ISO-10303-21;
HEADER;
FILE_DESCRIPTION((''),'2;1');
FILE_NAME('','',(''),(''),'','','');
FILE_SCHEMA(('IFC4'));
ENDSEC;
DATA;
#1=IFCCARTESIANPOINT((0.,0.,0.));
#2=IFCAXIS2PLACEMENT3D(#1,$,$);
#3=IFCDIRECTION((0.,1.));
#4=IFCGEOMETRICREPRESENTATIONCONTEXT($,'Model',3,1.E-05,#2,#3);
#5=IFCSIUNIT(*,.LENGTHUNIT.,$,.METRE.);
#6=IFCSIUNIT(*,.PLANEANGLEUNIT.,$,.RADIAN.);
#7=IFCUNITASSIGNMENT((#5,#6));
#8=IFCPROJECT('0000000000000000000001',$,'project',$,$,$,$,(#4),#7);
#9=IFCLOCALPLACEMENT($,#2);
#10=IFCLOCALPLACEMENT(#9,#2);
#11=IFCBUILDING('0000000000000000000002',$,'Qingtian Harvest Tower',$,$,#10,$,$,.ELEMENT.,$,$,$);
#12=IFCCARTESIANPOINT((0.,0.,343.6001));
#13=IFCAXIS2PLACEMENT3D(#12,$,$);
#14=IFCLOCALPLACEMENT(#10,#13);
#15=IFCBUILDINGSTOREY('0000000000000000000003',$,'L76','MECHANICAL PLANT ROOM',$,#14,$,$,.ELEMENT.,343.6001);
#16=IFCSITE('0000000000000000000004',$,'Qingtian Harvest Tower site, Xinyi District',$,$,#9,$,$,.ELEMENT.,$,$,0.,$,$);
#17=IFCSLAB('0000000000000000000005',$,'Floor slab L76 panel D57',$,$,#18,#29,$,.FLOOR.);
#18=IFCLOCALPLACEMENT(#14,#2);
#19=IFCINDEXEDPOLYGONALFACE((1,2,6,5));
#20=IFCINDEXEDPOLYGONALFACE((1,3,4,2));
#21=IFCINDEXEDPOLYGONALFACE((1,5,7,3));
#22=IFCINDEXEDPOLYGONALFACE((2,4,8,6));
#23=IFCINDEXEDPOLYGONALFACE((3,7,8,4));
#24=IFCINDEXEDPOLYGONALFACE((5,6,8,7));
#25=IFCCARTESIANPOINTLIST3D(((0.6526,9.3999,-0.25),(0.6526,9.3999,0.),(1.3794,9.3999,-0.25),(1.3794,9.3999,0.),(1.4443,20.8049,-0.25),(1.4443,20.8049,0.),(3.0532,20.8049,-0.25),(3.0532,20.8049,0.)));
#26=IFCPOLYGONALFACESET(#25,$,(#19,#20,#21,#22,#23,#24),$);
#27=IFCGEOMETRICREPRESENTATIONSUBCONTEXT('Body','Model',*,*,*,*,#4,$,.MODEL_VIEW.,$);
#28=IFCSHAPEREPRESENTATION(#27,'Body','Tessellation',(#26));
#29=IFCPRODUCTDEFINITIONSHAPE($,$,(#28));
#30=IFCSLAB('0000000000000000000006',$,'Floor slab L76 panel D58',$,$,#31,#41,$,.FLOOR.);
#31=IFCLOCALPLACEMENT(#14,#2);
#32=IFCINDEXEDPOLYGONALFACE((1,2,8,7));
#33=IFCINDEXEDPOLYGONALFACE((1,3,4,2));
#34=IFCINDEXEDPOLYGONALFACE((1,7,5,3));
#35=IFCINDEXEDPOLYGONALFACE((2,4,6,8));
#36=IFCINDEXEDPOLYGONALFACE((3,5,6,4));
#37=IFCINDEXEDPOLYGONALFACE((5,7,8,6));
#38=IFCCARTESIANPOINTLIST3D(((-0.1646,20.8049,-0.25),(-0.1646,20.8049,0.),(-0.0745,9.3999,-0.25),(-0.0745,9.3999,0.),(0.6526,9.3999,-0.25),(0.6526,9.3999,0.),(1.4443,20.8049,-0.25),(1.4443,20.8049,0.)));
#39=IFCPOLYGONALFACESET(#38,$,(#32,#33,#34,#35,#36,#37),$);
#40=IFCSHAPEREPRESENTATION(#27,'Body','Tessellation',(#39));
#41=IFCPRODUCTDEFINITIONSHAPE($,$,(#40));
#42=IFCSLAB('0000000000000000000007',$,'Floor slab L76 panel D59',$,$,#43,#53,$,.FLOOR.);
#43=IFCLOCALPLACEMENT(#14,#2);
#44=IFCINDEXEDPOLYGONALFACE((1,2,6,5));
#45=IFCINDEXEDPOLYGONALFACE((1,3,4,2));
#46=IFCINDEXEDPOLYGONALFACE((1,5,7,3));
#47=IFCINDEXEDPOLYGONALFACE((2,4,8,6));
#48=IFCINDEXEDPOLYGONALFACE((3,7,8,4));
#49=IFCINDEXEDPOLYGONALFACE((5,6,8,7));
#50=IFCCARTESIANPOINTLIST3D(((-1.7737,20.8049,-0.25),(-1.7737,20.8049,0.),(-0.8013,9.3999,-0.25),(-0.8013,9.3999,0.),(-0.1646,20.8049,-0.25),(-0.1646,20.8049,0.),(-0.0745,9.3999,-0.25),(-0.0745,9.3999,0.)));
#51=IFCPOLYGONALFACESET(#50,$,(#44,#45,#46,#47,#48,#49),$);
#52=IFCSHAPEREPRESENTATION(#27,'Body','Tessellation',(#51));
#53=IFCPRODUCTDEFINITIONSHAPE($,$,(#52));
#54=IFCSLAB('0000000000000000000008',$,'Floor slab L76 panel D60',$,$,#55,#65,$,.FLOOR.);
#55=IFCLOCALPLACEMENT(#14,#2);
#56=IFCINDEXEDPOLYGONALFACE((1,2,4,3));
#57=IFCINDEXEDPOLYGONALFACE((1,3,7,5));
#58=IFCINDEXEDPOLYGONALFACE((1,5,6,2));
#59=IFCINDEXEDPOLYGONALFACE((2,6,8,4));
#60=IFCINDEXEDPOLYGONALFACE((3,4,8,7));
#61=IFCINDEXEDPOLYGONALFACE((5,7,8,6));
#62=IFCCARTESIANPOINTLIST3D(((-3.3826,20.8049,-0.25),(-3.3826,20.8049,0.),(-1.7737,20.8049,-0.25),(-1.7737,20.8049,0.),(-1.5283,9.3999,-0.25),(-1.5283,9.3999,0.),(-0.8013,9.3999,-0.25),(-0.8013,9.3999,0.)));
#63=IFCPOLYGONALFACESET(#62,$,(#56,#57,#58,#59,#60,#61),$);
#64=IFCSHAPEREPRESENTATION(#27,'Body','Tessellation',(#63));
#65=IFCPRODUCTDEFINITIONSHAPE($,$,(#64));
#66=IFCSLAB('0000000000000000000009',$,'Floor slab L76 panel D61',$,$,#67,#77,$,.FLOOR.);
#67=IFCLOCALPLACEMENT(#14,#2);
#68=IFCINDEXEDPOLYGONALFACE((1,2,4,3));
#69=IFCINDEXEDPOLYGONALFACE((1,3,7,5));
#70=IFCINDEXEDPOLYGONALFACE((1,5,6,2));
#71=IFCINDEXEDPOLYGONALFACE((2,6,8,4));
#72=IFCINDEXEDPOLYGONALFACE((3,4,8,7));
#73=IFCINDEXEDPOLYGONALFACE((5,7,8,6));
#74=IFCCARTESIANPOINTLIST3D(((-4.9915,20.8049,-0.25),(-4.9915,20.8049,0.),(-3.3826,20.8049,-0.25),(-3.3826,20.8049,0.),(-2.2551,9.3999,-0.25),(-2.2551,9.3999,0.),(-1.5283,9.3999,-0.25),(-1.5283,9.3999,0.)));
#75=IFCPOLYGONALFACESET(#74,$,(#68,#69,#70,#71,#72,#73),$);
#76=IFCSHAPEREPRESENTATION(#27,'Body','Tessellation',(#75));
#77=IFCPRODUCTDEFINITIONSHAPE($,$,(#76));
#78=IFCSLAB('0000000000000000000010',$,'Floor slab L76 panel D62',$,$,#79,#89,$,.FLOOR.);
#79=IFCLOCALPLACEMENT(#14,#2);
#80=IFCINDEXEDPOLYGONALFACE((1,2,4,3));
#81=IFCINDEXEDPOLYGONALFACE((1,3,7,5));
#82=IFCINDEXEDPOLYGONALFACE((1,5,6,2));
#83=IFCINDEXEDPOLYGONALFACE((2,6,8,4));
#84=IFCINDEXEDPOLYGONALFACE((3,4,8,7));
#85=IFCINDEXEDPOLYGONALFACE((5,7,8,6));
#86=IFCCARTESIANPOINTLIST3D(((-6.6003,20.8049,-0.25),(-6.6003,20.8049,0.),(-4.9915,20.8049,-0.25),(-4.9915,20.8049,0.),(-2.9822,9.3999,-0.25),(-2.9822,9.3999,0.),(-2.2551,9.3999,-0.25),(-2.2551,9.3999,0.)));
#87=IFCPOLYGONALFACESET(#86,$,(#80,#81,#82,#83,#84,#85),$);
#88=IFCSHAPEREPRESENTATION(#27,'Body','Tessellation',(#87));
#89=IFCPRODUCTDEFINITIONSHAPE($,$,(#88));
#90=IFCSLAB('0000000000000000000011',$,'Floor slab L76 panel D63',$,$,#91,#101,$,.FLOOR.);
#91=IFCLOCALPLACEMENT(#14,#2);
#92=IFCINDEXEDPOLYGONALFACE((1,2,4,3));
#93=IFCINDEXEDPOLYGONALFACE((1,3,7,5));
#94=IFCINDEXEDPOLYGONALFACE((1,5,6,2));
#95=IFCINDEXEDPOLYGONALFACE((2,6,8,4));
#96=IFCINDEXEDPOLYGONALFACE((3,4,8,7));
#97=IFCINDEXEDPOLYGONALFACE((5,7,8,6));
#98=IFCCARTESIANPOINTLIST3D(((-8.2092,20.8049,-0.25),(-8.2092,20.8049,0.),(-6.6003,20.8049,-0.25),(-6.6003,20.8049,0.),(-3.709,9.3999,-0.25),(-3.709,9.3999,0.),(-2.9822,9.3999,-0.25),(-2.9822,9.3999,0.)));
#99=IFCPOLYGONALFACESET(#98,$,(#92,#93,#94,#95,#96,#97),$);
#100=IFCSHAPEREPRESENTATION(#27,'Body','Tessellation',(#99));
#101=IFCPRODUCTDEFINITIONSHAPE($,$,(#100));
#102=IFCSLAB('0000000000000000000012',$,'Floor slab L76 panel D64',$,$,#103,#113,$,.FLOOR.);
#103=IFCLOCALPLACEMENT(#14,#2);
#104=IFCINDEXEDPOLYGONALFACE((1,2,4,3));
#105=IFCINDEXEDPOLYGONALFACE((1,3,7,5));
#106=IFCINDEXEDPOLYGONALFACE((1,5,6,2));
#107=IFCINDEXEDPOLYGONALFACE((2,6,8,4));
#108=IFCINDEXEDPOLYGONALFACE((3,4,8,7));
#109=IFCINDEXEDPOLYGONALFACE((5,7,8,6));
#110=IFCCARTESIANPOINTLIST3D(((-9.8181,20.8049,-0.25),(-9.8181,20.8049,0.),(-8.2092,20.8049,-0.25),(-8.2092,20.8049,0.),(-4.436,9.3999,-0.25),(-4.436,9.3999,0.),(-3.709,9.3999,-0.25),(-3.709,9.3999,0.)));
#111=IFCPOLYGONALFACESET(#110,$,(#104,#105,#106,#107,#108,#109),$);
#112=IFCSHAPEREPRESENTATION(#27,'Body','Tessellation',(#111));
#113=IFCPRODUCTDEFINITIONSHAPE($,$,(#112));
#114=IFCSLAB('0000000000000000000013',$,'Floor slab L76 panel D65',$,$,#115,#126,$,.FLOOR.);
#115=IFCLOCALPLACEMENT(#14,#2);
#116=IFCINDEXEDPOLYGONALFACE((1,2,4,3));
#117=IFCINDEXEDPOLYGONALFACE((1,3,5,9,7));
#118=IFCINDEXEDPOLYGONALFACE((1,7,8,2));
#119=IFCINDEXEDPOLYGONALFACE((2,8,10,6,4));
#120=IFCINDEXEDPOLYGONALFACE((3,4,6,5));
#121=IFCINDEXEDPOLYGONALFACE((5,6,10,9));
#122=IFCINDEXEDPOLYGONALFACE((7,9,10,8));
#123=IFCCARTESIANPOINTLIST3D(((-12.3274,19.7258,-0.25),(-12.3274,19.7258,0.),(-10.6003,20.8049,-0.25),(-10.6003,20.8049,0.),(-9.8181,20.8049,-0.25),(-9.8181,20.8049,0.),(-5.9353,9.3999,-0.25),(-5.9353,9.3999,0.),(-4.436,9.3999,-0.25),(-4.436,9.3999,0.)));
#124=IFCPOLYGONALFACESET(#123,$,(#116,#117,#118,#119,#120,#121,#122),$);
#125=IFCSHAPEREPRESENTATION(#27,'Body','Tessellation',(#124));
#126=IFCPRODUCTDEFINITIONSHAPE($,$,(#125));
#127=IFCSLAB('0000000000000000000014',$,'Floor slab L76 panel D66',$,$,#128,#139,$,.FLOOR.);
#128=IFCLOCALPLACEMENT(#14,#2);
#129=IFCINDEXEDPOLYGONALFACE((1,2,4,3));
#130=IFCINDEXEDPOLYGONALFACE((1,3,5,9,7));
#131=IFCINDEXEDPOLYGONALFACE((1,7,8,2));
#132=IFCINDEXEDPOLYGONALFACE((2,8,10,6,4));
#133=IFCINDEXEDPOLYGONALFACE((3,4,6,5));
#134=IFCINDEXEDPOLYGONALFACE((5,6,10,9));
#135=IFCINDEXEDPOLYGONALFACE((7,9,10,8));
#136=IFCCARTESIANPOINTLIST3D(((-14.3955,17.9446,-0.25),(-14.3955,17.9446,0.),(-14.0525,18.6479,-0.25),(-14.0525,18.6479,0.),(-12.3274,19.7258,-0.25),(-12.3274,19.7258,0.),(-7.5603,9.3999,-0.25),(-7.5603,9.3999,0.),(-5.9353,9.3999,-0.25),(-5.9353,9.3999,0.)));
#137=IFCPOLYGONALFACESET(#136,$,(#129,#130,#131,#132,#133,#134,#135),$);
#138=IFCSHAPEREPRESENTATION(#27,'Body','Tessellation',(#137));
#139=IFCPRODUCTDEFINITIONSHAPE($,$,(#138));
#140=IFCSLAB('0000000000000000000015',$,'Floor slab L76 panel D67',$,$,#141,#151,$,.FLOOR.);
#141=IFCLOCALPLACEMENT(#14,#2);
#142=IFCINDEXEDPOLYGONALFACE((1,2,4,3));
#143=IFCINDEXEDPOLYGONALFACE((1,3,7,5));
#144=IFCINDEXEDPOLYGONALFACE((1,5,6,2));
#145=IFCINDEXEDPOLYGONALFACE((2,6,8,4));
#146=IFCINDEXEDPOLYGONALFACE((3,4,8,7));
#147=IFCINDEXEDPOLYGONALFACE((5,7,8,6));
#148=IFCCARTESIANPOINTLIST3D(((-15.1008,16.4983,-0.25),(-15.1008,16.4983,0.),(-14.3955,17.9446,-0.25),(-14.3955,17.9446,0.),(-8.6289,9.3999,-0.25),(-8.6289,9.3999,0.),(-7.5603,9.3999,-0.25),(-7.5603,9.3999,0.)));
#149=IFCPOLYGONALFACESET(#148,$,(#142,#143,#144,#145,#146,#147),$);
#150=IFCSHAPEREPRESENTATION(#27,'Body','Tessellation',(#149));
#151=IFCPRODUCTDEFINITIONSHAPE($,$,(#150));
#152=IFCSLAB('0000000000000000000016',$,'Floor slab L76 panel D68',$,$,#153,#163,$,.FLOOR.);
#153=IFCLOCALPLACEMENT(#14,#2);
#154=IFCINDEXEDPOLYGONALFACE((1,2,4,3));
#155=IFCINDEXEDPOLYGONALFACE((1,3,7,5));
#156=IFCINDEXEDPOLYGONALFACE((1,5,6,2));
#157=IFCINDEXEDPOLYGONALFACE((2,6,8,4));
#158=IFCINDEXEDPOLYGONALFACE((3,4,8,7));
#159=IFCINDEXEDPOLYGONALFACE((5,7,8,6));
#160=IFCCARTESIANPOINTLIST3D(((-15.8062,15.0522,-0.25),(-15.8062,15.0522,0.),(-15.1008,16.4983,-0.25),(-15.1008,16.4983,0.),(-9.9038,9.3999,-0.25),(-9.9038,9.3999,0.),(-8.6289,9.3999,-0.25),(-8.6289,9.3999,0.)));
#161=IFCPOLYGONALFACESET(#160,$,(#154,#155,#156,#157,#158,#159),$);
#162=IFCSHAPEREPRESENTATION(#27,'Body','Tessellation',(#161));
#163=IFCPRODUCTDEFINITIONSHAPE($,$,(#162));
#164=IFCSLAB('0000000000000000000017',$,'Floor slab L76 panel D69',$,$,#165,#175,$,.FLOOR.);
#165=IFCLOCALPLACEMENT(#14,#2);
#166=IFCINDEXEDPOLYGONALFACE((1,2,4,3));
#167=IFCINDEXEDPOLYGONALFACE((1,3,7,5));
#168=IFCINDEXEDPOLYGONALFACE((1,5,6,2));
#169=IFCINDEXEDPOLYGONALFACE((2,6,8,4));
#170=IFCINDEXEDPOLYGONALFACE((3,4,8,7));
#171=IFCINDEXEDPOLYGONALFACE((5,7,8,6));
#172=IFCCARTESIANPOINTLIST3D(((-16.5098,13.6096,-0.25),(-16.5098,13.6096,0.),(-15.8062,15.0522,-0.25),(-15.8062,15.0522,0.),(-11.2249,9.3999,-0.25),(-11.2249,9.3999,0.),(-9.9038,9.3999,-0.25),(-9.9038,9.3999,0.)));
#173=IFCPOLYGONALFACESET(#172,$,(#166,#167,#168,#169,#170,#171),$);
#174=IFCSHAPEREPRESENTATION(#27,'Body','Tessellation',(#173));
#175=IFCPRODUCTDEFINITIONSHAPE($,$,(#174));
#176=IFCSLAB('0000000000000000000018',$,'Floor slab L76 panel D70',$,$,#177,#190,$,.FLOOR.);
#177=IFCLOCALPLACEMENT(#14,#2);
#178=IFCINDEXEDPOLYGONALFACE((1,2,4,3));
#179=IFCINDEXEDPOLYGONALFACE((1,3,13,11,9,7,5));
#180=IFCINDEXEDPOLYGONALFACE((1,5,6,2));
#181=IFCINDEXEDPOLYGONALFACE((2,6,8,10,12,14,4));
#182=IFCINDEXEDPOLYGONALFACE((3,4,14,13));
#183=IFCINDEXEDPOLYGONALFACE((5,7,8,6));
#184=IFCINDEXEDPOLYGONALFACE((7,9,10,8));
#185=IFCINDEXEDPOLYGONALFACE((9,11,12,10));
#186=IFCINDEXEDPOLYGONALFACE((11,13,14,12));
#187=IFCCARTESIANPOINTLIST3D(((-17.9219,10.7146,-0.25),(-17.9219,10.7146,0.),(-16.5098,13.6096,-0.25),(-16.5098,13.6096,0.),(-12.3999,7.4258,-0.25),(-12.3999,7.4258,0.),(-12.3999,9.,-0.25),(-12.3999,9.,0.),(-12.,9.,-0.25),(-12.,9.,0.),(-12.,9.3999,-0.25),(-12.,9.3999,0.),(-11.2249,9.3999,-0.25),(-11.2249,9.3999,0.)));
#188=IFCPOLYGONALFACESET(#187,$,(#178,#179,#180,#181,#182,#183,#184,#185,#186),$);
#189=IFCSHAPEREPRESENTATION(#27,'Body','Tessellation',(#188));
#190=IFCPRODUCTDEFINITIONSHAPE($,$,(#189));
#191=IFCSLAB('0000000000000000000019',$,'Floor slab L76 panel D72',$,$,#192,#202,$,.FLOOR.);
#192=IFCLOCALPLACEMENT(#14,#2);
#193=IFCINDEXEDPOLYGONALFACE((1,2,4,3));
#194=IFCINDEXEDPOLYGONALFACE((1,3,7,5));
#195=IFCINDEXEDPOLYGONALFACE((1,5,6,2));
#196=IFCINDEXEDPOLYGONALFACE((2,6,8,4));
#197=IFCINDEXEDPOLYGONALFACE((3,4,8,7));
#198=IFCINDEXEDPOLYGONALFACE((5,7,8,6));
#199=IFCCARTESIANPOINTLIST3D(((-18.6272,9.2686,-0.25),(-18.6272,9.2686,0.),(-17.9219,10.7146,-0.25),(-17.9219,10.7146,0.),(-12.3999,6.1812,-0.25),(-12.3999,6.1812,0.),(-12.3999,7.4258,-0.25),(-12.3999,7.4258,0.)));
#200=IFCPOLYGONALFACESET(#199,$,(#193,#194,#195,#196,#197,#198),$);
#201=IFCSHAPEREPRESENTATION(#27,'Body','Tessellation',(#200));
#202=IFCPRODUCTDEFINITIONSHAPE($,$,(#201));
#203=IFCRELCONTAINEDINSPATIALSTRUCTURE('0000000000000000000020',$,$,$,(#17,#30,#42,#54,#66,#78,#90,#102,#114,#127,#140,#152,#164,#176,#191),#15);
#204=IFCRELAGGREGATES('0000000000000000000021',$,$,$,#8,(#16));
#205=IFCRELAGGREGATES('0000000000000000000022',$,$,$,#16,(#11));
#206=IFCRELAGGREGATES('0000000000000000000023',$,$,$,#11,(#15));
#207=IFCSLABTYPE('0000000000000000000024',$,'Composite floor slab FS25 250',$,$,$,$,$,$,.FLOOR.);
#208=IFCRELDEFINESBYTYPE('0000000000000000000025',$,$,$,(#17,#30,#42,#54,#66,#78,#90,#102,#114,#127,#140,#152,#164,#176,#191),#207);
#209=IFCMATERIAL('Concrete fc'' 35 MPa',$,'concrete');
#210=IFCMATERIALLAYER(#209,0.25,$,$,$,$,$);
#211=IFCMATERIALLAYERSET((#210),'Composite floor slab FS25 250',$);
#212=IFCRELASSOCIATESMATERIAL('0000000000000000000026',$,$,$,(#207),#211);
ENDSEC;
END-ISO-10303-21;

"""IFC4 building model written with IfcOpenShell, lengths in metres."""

from ifc_helpers import new_model, si_unit, direction, frame, origin, place, context, subcontext, project, spatial, polyline, outline, extrude, material, layer, layer_set, type_object, element, save


model = new_model("IFC4")

# Units and contexts
model_context = context("Model", 3, precision=1e-05, world=origin(), true_north=direction((0.0, 1.0)))
body_context = subcontext(model_context, "Body", "Model", "MODEL_VIEW")
ifc_project = project(units=[si_unit("LENGTHUNIT", "METRE"), si_unit("PLANEANGLEUNIT", "RADIAN")], contexts=[model_context])

# Site, building, storey
site_placement = place(None, origin())
site = spatial("IfcSite", under=ifc_project, at=site_placement, Name="Qingtian Harvest Tower site, Xinyi District", CompositionType="ELEMENT", RefElevation=0.0)
building_placement = place(site_placement, origin())
building = spatial("IfcBuilding", under=site, at=building_placement, Name="Qingtian Harvest Tower", CompositionType="ELEMENT")
storey_placement = place(building_placement, frame((0.0, 0.0, 343.6001)))
storey = spatial("IfcBuildingStorey", under=building, at=storey_placement, Name="L76", Description="MECHANICAL PLANT ROOM", CompositionType="ELEMENT", Elevation=343.6001)

# Slabs
ifc_material_1 = material(Name="Concrete fc' 35 MPa", Category="concrete")
ifc_layer_1 = layer(ifc_material_1, 0.25)
ifc_layer_set_1 = layer_set([ifc_layer_1], Name="Composite floor slab FS25 250")
slab_type = type_object("IfcSlabType", Name="Composite floor slab FS25 250", PredefinedType="FLOOR", material=ifc_layer_set_1)
slab_1_placement = place(storey_placement, frame((0.0, 0.0, -0.25)))
element("IfcSlab", 1, at=slab_1_placement, inside=storey, type_object=slab_type, Name="Floor slab L76 panel D57", PredefinedType="FLOOR", context=body_context, shape_type="SweptSolid", body=[
    extrude(outline(polyline([(0.6526, 9.3999), (1.4443, 20.8049), (3.0532, 20.8049), (1.3794, 9.3999), (0.6526, 9.3999)])), origin(), (0.0, 0.0, 1.0), 0.25),
])
slab_2_placement = place(storey_placement, frame((0.0, 0.0, -0.25)))
element("IfcSlab", 2, at=slab_2_placement, inside=storey, type_object=slab_type, Name="Floor slab L76 panel D58", PredefinedType="FLOOR", context=body_context, shape_type="SweptSolid", body=[
    extrude(outline(polyline([(-0.0745, 9.3999), (-0.1646, 20.8049), (1.4443, 20.8049), (0.6526, 9.3999), (-0.0745, 9.3999)])), origin(), (0.0, 0.0, 1.0), 0.25),
])
slab_3_placement = place(storey_placement, frame((0.0, 0.0, -0.25)))
element("IfcSlab", 3, at=slab_3_placement, inside=storey, type_object=slab_type, Name="Floor slab L76 panel D59", PredefinedType="FLOOR", context=body_context, shape_type="SweptSolid", body=[
    extrude(outline(polyline([(-0.8013, 9.3999), (-1.7737, 20.8049), (-0.1646, 20.8049), (-0.0745, 9.3999), (-0.8013, 9.3999)])), origin(), (0.0, 0.0, 1.0), 0.25),
])
slab_4_placement = place(storey_placement, frame((0.0, 0.0, -0.25)))
element("IfcSlab", 4, at=slab_4_placement, inside=storey, type_object=slab_type, Name="Floor slab L76 panel D60", PredefinedType="FLOOR", context=body_context, shape_type="SweptSolid", body=[
    extrude(outline(polyline([(-1.5283, 9.3999), (-3.3826, 20.8049), (-1.7737, 20.8049), (-0.8013, 9.3999), (-1.5283, 9.3999)])), origin(), (0.0, 0.0, 1.0), 0.25),
])
slab_5_placement = place(storey_placement, frame((0.0, 0.0, -0.25)))
element("IfcSlab", 5, at=slab_5_placement, inside=storey, type_object=slab_type, Name="Floor slab L76 panel D61", PredefinedType="FLOOR", context=body_context, shape_type="SweptSolid", body=[
    extrude(outline(polyline([(-2.2551, 9.3999), (-4.9915, 20.8049), (-3.3826, 20.8049), (-1.5283, 9.3999), (-2.2551, 9.3999)])), origin(), (0.0, 0.0, 1.0), 0.25),
])
slab_6_placement = place(storey_placement, frame((0.0, 0.0, -0.25)))
element("IfcSlab", 6, at=slab_6_placement, inside=storey, type_object=slab_type, Name="Floor slab L76 panel D62", PredefinedType="FLOOR", context=body_context, shape_type="SweptSolid", body=[
    extrude(outline(polyline([(-2.9822, 9.3999), (-6.6003, 20.8049), (-4.9915, 20.8049), (-2.2551, 9.3999), (-2.9822, 9.3999)])), origin(), (0.0, 0.0, 1.0), 0.25),
])
slab_7_placement = place(storey_placement, frame((0.0, 0.0, -0.25)))
element("IfcSlab", 7, at=slab_7_placement, inside=storey, type_object=slab_type, Name="Floor slab L76 panel D63", PredefinedType="FLOOR", context=body_context, shape_type="SweptSolid", body=[
    extrude(outline(polyline([(-3.709, 9.3999), (-8.2092, 20.8049), (-6.6003, 20.8049), (-2.9822, 9.3999), (-3.709, 9.3999)])), origin(), (0.0, 0.0, 1.0), 0.25),
])
slab_8_placement = place(storey_placement, frame((0.0, 0.0, -0.25)))
element("IfcSlab", 8, at=slab_8_placement, inside=storey, type_object=slab_type, Name="Floor slab L76 panel D64", PredefinedType="FLOOR", context=body_context, shape_type="SweptSolid", body=[
    extrude(outline(polyline([(-4.436, 9.3999), (-9.8181, 20.8049), (-8.2092, 20.8049), (-3.709, 9.3999), (-4.436, 9.3999)])), origin(), (0.0, 0.0, 1.0), 0.25),
])
slab_9_placement = place(storey_placement, frame((0.0, 0.0, -0.25)))
element("IfcSlab", 9, at=slab_9_placement, inside=storey, type_object=slab_type, Name="Floor slab L76 panel D65", PredefinedType="FLOOR", context=body_context, shape_type="SweptSolid", body=[
    extrude(outline(polyline([(-4.436, 9.3999), (-5.9353, 9.3999), (-12.3274, 19.7258), (-10.6003, 20.8049), (-9.8181, 20.8049), (-4.436, 9.3999)])), origin(), (0.0, 0.0, 1.0), 0.25),
])
slab_10_placement = place(storey_placement, frame((0.0, 0.0, -0.25)))
element("IfcSlab", 10, at=slab_10_placement, inside=storey, type_object=slab_type, Name="Floor slab L76 panel D66", PredefinedType="FLOOR", context=body_context, shape_type="SweptSolid", body=[
    extrude(outline(polyline([(-5.9353, 9.3999), (-7.5603, 9.3999), (-14.3955, 17.9446), (-14.0525, 18.6479), (-12.3274, 19.7258), (-5.9353, 9.3999)])), origin(), (0.0, 0.0, 1.0), 0.25),
])
slab_11_placement = place(storey_placement, frame((0.0, 0.0, -0.25)))
element("IfcSlab", 11, at=slab_11_placement, inside=storey, type_object=slab_type, Name="Floor slab L76 panel D67", PredefinedType="FLOOR", context=body_context, shape_type="SweptSolid", body=[
    extrude(outline(polyline([(-8.6289, 9.3999), (-15.1008, 16.4983), (-14.3955, 17.9446), (-7.5603, 9.3999), (-8.6289, 9.3999)])), origin(), (0.0, 0.0, 1.0), 0.25),
])
slab_12_placement = place(storey_placement, frame((0.0, 0.0, -0.25)))
element("IfcSlab", 12, at=slab_12_placement, inside=storey, type_object=slab_type, Name="Floor slab L76 panel D68", PredefinedType="FLOOR", context=body_context, shape_type="SweptSolid", body=[
    extrude(outline(polyline([(-9.9038, 9.3999), (-15.8062, 15.0522), (-15.1008, 16.4983), (-8.6289, 9.3999), (-9.9038, 9.3999)])), origin(), (0.0, 0.0, 1.0), 0.25),
])
slab_13_placement = place(storey_placement, frame((0.0, 0.0, -0.25)))
element("IfcSlab", 13, at=slab_13_placement, inside=storey, type_object=slab_type, Name="Floor slab L76 panel D69", PredefinedType="FLOOR", context=body_context, shape_type="SweptSolid", body=[
    extrude(outline(polyline([(-11.2249, 9.3999), (-16.5098, 13.6096), (-15.8062, 15.0522), (-9.9038, 9.3999), (-11.2249, 9.3999)])), origin(), (0.0, 0.0, 1.0), 0.25),
])
slab_14_placement = place(storey_placement, frame((0.0, 0.0, -0.25)))
element("IfcSlab", 14, at=slab_14_placement, inside=storey, type_object=slab_type, Name="Floor slab L76 panel D70", PredefinedType="FLOOR", context=body_context, shape_type="SweptSolid", body=[
    extrude(outline(polyline([(-12.0, 9.0), (-12.3999, 9.0), (-12.3999, 7.4258), (-17.9219, 10.7146), (-16.5098, 13.6096), (-11.2249, 9.3999), (-12.0, 9.3999), (-12.0, 9.0)])), origin(), (0.0, 0.0, 1.0), 0.25),
])
slab_15_placement = place(storey_placement, frame((0.0, 0.0, -0.25)))
element("IfcSlab", 15, at=slab_15_placement, inside=storey, type_object=slab_type, Name="Floor slab L76 panel D72", PredefinedType="FLOOR", context=body_context, shape_type="SweptSolid", body=[
    extrude(outline(polyline([(-12.3999, 6.1812), (-18.6272, 9.2686), (-17.9219, 10.7146), (-12.3999, 7.4258), (-12.3999, 6.1812)])), origin(), (0.0, 0.0, 1.0), 0.25),
])

save(model, "model.ifc")
